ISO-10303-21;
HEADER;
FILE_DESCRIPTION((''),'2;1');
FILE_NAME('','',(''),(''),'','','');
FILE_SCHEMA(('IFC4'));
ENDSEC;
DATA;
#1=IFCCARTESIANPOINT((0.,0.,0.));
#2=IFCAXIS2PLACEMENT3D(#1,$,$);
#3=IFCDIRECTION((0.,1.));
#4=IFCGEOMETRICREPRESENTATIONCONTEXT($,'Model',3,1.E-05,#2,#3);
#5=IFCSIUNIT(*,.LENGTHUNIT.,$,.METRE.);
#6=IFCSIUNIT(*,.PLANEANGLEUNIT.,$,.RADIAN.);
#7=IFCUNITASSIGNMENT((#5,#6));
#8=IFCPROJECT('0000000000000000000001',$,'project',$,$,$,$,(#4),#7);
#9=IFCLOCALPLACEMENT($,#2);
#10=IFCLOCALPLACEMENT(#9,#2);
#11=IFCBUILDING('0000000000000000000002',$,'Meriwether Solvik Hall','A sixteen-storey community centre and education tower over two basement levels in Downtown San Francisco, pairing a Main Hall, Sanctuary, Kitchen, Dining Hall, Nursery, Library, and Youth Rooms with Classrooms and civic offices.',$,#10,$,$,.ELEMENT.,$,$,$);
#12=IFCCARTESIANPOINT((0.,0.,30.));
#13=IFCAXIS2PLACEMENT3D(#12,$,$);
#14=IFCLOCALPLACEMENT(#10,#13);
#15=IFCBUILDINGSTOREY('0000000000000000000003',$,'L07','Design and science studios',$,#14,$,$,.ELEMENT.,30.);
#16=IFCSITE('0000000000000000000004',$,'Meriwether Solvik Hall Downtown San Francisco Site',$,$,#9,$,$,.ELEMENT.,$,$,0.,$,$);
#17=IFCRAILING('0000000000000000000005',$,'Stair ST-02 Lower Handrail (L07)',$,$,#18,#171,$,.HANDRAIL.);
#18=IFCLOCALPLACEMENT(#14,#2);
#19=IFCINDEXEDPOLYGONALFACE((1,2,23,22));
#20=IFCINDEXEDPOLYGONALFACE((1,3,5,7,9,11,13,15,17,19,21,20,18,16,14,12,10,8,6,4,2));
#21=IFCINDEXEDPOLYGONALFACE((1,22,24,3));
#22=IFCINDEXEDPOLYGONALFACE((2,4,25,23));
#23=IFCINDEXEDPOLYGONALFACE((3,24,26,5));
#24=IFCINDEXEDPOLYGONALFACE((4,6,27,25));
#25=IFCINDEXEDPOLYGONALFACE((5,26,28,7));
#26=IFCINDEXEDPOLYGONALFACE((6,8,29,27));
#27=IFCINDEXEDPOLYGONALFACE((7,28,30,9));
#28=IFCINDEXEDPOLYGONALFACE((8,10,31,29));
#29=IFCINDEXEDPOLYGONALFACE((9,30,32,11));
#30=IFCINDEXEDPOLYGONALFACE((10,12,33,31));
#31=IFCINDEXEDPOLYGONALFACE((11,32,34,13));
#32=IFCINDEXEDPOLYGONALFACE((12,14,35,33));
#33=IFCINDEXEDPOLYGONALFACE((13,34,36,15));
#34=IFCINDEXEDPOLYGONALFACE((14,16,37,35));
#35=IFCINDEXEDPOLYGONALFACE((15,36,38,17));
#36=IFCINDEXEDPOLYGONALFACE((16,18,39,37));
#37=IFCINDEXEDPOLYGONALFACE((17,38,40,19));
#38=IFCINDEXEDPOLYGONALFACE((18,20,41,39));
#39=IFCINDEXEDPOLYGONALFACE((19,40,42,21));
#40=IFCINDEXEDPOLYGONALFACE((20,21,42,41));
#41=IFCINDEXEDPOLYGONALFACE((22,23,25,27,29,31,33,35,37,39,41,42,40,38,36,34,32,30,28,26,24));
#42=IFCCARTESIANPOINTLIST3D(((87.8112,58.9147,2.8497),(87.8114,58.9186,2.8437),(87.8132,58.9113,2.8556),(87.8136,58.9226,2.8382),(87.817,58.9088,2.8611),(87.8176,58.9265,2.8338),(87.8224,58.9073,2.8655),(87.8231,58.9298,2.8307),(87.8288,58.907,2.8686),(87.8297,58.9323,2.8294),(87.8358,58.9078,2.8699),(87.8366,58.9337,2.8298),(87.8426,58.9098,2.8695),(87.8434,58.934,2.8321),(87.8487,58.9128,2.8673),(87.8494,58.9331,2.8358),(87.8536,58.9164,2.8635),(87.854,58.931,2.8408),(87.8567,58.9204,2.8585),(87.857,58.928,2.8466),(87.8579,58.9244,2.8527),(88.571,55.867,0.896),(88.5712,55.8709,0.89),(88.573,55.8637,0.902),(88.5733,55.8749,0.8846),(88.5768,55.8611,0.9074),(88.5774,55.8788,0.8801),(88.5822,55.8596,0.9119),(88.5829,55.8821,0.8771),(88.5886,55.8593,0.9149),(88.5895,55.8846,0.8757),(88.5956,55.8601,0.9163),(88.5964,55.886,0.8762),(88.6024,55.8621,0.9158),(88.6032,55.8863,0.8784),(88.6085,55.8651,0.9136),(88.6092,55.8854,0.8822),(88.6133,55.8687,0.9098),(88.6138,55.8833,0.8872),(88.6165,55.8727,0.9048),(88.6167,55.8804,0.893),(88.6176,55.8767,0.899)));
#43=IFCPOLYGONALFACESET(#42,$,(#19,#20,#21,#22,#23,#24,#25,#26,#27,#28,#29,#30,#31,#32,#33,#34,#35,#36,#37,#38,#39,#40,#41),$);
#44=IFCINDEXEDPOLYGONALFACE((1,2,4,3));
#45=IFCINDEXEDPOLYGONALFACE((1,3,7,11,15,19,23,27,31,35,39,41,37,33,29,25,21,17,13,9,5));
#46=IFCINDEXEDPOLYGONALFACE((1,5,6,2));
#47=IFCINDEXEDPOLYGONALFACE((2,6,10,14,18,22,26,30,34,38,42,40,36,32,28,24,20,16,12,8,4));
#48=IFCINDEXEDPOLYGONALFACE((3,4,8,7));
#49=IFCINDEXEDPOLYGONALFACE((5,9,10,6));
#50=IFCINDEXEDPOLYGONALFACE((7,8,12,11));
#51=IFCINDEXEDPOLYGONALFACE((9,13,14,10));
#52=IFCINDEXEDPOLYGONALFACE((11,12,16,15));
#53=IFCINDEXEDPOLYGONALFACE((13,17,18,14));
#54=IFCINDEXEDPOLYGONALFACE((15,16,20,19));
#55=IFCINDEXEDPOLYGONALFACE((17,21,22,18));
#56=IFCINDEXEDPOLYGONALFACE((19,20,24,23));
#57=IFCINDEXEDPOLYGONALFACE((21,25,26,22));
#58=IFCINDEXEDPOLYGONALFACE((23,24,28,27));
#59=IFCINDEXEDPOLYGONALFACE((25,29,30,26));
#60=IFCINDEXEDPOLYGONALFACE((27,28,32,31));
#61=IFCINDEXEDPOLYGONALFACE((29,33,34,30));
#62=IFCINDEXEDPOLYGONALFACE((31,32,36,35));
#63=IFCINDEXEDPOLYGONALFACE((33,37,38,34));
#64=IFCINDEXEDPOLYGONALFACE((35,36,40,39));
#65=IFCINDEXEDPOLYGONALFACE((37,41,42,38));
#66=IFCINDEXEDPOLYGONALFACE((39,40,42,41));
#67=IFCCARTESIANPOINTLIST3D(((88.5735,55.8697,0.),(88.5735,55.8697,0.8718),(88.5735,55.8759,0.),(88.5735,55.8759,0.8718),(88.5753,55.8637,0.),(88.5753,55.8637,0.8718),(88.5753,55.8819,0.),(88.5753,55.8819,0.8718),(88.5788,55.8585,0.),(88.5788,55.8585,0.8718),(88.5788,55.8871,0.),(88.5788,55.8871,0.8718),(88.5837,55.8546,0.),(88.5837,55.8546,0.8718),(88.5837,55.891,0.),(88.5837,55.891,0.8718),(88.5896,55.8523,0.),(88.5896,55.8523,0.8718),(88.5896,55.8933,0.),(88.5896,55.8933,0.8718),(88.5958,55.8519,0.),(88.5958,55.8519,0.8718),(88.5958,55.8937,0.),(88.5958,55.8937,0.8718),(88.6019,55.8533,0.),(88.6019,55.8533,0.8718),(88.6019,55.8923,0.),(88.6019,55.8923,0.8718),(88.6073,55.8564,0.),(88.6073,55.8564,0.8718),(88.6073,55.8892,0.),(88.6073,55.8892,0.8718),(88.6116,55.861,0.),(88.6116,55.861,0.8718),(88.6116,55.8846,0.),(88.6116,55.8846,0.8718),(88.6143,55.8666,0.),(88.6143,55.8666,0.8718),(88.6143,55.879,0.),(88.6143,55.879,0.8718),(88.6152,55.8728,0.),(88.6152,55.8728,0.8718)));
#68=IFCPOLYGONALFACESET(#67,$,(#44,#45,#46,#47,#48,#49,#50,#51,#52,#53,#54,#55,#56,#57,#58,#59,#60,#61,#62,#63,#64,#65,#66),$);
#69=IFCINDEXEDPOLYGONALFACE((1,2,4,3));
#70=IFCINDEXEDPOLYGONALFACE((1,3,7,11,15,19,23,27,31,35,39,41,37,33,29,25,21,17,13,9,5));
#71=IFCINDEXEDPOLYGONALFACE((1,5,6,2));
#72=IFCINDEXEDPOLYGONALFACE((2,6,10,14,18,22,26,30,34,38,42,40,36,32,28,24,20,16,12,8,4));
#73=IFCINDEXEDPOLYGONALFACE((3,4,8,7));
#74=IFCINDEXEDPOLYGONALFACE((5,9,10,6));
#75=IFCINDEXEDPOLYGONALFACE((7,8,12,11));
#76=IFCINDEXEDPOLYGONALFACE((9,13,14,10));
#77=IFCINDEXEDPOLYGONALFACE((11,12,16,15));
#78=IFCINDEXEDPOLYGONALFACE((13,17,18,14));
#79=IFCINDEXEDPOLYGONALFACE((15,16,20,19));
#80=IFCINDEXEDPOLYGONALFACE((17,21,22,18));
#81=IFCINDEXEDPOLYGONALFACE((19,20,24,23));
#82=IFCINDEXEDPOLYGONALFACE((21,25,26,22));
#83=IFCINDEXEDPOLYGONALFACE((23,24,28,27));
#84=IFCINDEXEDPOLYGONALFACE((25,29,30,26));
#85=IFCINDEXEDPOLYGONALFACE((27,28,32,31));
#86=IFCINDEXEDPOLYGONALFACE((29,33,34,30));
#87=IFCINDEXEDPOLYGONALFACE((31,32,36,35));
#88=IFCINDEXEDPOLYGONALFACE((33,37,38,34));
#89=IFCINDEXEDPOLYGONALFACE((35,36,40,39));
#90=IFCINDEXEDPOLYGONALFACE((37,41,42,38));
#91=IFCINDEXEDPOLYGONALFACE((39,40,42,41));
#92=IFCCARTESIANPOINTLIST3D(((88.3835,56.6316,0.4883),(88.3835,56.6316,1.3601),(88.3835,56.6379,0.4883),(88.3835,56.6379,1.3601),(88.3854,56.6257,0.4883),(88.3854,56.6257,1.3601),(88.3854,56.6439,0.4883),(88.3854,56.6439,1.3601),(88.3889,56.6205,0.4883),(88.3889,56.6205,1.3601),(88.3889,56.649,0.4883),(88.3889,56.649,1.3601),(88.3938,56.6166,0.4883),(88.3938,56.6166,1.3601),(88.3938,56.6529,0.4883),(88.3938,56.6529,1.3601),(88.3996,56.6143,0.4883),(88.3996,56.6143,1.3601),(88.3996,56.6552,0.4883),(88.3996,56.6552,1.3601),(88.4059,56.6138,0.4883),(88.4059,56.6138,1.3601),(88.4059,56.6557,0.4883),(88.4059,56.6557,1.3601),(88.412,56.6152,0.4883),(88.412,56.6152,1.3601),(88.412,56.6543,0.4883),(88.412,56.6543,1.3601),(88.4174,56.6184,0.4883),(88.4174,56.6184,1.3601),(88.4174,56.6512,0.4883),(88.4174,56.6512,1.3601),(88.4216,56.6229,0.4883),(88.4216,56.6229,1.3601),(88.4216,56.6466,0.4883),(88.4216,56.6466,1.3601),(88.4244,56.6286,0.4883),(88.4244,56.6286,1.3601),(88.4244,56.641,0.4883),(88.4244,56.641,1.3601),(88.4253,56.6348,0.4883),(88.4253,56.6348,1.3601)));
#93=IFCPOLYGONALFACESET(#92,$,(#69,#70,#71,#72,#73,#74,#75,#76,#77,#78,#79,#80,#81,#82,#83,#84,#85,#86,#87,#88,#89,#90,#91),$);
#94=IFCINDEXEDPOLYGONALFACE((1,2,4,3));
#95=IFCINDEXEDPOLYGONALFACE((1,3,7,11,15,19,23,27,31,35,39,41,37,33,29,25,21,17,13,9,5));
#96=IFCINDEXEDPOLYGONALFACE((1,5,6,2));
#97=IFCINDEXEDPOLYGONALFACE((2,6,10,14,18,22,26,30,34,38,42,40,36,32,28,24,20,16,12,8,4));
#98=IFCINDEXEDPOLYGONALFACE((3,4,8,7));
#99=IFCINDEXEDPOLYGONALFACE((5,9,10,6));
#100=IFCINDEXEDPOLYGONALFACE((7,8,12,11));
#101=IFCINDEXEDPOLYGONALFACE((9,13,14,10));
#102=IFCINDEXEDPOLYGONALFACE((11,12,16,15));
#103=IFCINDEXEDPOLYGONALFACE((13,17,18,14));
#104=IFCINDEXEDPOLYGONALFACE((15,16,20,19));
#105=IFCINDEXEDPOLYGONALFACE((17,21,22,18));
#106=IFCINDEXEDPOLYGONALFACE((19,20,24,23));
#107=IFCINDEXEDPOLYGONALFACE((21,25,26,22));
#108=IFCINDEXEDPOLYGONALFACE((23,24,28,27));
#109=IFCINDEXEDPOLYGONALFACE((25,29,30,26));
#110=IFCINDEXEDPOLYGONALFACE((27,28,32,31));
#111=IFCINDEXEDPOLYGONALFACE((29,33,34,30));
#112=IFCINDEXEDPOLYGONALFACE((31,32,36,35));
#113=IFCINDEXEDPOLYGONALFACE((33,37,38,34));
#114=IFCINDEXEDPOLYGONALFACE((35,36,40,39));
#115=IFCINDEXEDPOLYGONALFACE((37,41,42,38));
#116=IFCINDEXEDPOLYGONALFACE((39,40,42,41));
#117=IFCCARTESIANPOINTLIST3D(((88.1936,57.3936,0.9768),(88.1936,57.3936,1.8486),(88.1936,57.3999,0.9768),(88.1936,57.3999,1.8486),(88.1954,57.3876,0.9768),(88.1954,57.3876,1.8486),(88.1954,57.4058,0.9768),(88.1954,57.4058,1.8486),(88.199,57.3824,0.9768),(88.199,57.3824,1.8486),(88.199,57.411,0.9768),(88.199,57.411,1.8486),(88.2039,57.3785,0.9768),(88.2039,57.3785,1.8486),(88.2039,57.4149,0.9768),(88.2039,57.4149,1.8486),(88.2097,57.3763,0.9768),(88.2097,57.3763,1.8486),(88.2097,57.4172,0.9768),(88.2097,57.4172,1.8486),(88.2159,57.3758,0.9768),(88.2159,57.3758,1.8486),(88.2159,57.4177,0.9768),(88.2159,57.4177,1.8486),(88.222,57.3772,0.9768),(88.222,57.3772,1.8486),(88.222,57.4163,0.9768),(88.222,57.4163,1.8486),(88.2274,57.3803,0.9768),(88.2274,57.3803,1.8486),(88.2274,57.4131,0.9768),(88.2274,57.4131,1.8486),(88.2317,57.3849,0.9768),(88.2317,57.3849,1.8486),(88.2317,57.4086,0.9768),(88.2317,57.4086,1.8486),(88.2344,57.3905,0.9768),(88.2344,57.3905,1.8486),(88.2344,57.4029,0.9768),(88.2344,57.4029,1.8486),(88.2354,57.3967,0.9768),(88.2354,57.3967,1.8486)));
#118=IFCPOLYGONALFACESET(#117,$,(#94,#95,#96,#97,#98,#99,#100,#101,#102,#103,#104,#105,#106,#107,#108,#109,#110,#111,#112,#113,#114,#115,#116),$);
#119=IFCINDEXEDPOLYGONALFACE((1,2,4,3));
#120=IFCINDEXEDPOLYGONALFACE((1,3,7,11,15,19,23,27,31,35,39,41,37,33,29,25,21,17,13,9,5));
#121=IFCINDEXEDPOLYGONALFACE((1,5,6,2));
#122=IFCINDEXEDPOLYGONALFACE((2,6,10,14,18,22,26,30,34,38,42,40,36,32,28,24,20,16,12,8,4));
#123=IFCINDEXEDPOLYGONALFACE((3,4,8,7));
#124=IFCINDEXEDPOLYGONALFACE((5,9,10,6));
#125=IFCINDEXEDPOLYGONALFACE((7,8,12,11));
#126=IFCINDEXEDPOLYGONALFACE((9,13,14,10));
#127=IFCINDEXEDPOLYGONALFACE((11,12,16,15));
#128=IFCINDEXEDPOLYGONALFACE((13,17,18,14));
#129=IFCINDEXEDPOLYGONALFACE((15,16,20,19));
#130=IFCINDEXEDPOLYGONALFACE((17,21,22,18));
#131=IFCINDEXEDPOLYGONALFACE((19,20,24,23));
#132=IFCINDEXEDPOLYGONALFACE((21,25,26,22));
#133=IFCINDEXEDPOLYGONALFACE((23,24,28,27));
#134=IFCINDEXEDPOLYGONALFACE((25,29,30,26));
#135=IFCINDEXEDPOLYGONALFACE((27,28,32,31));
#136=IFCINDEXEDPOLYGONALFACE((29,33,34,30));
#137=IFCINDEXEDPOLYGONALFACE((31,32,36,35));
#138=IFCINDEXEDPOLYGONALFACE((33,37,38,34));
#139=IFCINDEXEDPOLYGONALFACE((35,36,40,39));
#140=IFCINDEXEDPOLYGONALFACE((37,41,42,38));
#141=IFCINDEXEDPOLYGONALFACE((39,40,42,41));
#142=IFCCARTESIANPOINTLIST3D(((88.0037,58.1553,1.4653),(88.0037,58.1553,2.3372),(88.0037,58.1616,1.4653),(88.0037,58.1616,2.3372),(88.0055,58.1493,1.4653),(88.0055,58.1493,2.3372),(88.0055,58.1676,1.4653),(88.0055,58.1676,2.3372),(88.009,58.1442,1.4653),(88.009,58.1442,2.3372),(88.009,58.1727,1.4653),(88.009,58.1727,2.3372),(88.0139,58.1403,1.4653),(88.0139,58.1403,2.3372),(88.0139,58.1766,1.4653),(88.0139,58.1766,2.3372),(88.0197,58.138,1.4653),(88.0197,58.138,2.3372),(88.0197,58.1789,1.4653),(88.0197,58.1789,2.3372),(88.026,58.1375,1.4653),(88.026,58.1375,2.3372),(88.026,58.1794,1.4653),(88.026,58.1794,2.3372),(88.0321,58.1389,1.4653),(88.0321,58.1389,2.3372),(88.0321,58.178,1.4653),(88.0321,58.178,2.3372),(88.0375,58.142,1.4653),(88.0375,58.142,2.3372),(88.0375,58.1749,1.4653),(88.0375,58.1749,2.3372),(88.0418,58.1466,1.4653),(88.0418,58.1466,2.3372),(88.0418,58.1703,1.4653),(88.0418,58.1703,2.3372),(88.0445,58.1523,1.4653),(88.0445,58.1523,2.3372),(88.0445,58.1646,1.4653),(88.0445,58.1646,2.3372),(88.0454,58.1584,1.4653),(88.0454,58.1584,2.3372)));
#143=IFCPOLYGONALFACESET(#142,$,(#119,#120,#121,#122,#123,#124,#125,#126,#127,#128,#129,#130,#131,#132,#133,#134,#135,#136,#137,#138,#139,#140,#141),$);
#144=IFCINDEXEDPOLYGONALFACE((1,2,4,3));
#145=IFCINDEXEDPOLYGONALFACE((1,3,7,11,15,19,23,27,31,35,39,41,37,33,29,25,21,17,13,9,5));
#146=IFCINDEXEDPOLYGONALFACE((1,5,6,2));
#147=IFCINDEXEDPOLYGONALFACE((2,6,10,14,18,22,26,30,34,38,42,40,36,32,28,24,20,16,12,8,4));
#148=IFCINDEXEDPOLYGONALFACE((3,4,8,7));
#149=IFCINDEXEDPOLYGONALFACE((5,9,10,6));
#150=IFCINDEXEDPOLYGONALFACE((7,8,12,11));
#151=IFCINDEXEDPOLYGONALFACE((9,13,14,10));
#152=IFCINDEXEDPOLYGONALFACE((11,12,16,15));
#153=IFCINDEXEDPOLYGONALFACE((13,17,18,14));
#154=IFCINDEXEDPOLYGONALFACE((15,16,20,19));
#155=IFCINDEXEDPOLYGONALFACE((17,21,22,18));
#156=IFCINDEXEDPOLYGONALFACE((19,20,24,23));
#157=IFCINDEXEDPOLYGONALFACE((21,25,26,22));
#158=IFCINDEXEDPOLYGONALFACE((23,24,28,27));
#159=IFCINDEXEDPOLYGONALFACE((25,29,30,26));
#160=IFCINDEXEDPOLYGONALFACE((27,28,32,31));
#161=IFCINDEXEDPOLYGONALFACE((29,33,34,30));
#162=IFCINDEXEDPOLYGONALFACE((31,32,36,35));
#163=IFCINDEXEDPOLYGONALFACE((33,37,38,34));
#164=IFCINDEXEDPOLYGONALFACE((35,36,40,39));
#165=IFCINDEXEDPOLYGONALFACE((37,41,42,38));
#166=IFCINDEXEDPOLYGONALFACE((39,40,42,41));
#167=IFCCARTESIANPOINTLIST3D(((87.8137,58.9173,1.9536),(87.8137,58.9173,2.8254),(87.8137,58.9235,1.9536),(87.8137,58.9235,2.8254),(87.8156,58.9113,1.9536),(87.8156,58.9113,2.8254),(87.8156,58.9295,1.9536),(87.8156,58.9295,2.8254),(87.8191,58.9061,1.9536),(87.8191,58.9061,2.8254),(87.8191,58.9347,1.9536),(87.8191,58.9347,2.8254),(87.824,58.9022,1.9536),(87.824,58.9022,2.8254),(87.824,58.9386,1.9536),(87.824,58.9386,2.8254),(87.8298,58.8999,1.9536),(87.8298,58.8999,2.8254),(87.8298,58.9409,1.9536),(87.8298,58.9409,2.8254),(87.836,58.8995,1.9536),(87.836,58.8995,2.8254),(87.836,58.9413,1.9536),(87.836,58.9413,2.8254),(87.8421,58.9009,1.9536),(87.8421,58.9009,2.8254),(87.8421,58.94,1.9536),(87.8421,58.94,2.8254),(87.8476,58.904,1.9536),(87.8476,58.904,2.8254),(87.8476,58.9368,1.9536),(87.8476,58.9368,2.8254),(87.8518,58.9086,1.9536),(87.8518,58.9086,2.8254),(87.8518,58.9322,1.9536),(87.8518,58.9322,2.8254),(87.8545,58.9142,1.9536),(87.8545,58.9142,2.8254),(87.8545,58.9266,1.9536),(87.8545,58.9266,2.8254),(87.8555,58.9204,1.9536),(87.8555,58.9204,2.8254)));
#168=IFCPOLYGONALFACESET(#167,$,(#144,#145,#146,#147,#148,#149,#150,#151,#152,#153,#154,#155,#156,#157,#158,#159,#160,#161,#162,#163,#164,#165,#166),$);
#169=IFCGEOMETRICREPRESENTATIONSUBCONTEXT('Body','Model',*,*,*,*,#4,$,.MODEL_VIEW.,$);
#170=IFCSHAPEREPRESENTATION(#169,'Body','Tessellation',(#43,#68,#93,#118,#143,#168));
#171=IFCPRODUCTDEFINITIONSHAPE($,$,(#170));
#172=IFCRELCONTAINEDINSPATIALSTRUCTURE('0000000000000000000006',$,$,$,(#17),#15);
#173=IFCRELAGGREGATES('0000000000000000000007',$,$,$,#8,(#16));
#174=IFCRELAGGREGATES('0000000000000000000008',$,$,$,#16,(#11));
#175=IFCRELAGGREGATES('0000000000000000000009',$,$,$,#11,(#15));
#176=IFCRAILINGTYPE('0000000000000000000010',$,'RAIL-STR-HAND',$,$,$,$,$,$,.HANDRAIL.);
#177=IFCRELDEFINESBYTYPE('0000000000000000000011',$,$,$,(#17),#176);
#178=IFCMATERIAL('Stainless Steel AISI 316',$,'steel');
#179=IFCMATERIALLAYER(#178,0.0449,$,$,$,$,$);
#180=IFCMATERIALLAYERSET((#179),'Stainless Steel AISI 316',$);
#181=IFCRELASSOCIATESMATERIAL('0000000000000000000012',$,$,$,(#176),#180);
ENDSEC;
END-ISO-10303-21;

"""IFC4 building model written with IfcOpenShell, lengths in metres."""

from ifc_helpers import new_model, si_unit, direction, frame, origin, origin_2d, place, context, subcontext, project, spatial, circle, extrude, material, layer, layer_set, type_object, element, save


model = new_model("IFC4")

# Units and contexts
model_context = context("Model", 3, precision=1e-05, world=origin(), true_north=direction((0.0, 1.0)))
body_context = subcontext(model_context, "Body", "Model", "MODEL_VIEW")
ifc_project = project(units=[si_unit("LENGTHUNIT", "METRE"), si_unit("PLANEANGLEUNIT", "RADIAN")], contexts=[model_context])

# Site, building, storey
site_placement = place(None, origin())
site = spatial("IfcSite", under=ifc_project, at=site_placement, Name="Meriwether Solvik Hall Downtown San Francisco Site", CompositionType="ELEMENT", RefElevation=0.0)
building_placement = place(site_placement, origin())
building = spatial("IfcBuilding", under=site, at=building_placement, Name="Meriwether Solvik Hall", Description="A sixteen-storey community centre and education tower over two basement levels in Downtown San Francisco, pairing a Main Hall, Sanctuary, Kitchen, Dining Hall, Nursery, Library, and Youth Rooms with Classrooms and civic offices.", CompositionType="ELEMENT")
storey_placement = place(building_placement, frame((0.0, 0.0, 30.0)))
storey = spatial("IfcBuildingStorey", under=building, at=storey_placement, Name="L07", Description="Design and science studios", CompositionType="ELEMENT", Elevation=30.0)

# Railing
ifc_material_1 = material(Name="Stainless Steel AISI 316", Category="steel")
ifc_layer_1 = layer(ifc_material_1, 0.0449)
ifc_layer_set_1 = layer_set([ifc_layer_1], Name="Stainless Steel AISI 316")
railing_type_1 = type_object("IfcRailingType", Name="RAIL-STR-HAND", PredefinedType="HANDRAIL", material=ifc_layer_set_1)
railing_1_placement = place(storey_placement, frame((88.5942, 55.8728, 0.0)))
element("IfcRailing", 1, at=railing_1_placement, inside=storey, type_object=railing_type_1, Name="Stair ST-02 Lower Handrail (L07)", PredefinedType="HANDRAIL", context=body_context, shape_type="SweptSolid", body=[
    extrude(circle(Radius=0.0239, at=origin_2d()), frame((0.0, 0.0, 0.896), z_axis=(-0.205404, 0.823926, 0.528163), x_axis=(-0.970302, -0.241895, 0.0)), (0.0, 0.0, 1.0), 3.699),
    extrude(circle(Radius=0.021, at=origin_2d()), origin(), (0.0, 0.0, 1.0), 0.8718),
    extrude(circle(Radius=0.021, at=origin_2d()), frame((-0.1899, 0.762, 0.4883)), (0.0, 0.0, 1.0), 0.8718),
    extrude(circle(Radius=0.021, at=origin_2d()), frame((-0.3799, 1.5239, 0.9768)), (0.0, 0.0, 1.0), 0.8718),
    extrude(circle(Radius=0.021, at=origin_2d()), frame((-0.5698, 2.2856, 1.4653)), (0.0, 0.0, 1.0), 0.8718),
    extrude(circle(Radius=0.021, at=origin_2d()), frame((-0.7598, 3.0476, 1.9536)), (0.0, 0.0, 1.0), 0.8718),
])

save(model, "model.ifc")
